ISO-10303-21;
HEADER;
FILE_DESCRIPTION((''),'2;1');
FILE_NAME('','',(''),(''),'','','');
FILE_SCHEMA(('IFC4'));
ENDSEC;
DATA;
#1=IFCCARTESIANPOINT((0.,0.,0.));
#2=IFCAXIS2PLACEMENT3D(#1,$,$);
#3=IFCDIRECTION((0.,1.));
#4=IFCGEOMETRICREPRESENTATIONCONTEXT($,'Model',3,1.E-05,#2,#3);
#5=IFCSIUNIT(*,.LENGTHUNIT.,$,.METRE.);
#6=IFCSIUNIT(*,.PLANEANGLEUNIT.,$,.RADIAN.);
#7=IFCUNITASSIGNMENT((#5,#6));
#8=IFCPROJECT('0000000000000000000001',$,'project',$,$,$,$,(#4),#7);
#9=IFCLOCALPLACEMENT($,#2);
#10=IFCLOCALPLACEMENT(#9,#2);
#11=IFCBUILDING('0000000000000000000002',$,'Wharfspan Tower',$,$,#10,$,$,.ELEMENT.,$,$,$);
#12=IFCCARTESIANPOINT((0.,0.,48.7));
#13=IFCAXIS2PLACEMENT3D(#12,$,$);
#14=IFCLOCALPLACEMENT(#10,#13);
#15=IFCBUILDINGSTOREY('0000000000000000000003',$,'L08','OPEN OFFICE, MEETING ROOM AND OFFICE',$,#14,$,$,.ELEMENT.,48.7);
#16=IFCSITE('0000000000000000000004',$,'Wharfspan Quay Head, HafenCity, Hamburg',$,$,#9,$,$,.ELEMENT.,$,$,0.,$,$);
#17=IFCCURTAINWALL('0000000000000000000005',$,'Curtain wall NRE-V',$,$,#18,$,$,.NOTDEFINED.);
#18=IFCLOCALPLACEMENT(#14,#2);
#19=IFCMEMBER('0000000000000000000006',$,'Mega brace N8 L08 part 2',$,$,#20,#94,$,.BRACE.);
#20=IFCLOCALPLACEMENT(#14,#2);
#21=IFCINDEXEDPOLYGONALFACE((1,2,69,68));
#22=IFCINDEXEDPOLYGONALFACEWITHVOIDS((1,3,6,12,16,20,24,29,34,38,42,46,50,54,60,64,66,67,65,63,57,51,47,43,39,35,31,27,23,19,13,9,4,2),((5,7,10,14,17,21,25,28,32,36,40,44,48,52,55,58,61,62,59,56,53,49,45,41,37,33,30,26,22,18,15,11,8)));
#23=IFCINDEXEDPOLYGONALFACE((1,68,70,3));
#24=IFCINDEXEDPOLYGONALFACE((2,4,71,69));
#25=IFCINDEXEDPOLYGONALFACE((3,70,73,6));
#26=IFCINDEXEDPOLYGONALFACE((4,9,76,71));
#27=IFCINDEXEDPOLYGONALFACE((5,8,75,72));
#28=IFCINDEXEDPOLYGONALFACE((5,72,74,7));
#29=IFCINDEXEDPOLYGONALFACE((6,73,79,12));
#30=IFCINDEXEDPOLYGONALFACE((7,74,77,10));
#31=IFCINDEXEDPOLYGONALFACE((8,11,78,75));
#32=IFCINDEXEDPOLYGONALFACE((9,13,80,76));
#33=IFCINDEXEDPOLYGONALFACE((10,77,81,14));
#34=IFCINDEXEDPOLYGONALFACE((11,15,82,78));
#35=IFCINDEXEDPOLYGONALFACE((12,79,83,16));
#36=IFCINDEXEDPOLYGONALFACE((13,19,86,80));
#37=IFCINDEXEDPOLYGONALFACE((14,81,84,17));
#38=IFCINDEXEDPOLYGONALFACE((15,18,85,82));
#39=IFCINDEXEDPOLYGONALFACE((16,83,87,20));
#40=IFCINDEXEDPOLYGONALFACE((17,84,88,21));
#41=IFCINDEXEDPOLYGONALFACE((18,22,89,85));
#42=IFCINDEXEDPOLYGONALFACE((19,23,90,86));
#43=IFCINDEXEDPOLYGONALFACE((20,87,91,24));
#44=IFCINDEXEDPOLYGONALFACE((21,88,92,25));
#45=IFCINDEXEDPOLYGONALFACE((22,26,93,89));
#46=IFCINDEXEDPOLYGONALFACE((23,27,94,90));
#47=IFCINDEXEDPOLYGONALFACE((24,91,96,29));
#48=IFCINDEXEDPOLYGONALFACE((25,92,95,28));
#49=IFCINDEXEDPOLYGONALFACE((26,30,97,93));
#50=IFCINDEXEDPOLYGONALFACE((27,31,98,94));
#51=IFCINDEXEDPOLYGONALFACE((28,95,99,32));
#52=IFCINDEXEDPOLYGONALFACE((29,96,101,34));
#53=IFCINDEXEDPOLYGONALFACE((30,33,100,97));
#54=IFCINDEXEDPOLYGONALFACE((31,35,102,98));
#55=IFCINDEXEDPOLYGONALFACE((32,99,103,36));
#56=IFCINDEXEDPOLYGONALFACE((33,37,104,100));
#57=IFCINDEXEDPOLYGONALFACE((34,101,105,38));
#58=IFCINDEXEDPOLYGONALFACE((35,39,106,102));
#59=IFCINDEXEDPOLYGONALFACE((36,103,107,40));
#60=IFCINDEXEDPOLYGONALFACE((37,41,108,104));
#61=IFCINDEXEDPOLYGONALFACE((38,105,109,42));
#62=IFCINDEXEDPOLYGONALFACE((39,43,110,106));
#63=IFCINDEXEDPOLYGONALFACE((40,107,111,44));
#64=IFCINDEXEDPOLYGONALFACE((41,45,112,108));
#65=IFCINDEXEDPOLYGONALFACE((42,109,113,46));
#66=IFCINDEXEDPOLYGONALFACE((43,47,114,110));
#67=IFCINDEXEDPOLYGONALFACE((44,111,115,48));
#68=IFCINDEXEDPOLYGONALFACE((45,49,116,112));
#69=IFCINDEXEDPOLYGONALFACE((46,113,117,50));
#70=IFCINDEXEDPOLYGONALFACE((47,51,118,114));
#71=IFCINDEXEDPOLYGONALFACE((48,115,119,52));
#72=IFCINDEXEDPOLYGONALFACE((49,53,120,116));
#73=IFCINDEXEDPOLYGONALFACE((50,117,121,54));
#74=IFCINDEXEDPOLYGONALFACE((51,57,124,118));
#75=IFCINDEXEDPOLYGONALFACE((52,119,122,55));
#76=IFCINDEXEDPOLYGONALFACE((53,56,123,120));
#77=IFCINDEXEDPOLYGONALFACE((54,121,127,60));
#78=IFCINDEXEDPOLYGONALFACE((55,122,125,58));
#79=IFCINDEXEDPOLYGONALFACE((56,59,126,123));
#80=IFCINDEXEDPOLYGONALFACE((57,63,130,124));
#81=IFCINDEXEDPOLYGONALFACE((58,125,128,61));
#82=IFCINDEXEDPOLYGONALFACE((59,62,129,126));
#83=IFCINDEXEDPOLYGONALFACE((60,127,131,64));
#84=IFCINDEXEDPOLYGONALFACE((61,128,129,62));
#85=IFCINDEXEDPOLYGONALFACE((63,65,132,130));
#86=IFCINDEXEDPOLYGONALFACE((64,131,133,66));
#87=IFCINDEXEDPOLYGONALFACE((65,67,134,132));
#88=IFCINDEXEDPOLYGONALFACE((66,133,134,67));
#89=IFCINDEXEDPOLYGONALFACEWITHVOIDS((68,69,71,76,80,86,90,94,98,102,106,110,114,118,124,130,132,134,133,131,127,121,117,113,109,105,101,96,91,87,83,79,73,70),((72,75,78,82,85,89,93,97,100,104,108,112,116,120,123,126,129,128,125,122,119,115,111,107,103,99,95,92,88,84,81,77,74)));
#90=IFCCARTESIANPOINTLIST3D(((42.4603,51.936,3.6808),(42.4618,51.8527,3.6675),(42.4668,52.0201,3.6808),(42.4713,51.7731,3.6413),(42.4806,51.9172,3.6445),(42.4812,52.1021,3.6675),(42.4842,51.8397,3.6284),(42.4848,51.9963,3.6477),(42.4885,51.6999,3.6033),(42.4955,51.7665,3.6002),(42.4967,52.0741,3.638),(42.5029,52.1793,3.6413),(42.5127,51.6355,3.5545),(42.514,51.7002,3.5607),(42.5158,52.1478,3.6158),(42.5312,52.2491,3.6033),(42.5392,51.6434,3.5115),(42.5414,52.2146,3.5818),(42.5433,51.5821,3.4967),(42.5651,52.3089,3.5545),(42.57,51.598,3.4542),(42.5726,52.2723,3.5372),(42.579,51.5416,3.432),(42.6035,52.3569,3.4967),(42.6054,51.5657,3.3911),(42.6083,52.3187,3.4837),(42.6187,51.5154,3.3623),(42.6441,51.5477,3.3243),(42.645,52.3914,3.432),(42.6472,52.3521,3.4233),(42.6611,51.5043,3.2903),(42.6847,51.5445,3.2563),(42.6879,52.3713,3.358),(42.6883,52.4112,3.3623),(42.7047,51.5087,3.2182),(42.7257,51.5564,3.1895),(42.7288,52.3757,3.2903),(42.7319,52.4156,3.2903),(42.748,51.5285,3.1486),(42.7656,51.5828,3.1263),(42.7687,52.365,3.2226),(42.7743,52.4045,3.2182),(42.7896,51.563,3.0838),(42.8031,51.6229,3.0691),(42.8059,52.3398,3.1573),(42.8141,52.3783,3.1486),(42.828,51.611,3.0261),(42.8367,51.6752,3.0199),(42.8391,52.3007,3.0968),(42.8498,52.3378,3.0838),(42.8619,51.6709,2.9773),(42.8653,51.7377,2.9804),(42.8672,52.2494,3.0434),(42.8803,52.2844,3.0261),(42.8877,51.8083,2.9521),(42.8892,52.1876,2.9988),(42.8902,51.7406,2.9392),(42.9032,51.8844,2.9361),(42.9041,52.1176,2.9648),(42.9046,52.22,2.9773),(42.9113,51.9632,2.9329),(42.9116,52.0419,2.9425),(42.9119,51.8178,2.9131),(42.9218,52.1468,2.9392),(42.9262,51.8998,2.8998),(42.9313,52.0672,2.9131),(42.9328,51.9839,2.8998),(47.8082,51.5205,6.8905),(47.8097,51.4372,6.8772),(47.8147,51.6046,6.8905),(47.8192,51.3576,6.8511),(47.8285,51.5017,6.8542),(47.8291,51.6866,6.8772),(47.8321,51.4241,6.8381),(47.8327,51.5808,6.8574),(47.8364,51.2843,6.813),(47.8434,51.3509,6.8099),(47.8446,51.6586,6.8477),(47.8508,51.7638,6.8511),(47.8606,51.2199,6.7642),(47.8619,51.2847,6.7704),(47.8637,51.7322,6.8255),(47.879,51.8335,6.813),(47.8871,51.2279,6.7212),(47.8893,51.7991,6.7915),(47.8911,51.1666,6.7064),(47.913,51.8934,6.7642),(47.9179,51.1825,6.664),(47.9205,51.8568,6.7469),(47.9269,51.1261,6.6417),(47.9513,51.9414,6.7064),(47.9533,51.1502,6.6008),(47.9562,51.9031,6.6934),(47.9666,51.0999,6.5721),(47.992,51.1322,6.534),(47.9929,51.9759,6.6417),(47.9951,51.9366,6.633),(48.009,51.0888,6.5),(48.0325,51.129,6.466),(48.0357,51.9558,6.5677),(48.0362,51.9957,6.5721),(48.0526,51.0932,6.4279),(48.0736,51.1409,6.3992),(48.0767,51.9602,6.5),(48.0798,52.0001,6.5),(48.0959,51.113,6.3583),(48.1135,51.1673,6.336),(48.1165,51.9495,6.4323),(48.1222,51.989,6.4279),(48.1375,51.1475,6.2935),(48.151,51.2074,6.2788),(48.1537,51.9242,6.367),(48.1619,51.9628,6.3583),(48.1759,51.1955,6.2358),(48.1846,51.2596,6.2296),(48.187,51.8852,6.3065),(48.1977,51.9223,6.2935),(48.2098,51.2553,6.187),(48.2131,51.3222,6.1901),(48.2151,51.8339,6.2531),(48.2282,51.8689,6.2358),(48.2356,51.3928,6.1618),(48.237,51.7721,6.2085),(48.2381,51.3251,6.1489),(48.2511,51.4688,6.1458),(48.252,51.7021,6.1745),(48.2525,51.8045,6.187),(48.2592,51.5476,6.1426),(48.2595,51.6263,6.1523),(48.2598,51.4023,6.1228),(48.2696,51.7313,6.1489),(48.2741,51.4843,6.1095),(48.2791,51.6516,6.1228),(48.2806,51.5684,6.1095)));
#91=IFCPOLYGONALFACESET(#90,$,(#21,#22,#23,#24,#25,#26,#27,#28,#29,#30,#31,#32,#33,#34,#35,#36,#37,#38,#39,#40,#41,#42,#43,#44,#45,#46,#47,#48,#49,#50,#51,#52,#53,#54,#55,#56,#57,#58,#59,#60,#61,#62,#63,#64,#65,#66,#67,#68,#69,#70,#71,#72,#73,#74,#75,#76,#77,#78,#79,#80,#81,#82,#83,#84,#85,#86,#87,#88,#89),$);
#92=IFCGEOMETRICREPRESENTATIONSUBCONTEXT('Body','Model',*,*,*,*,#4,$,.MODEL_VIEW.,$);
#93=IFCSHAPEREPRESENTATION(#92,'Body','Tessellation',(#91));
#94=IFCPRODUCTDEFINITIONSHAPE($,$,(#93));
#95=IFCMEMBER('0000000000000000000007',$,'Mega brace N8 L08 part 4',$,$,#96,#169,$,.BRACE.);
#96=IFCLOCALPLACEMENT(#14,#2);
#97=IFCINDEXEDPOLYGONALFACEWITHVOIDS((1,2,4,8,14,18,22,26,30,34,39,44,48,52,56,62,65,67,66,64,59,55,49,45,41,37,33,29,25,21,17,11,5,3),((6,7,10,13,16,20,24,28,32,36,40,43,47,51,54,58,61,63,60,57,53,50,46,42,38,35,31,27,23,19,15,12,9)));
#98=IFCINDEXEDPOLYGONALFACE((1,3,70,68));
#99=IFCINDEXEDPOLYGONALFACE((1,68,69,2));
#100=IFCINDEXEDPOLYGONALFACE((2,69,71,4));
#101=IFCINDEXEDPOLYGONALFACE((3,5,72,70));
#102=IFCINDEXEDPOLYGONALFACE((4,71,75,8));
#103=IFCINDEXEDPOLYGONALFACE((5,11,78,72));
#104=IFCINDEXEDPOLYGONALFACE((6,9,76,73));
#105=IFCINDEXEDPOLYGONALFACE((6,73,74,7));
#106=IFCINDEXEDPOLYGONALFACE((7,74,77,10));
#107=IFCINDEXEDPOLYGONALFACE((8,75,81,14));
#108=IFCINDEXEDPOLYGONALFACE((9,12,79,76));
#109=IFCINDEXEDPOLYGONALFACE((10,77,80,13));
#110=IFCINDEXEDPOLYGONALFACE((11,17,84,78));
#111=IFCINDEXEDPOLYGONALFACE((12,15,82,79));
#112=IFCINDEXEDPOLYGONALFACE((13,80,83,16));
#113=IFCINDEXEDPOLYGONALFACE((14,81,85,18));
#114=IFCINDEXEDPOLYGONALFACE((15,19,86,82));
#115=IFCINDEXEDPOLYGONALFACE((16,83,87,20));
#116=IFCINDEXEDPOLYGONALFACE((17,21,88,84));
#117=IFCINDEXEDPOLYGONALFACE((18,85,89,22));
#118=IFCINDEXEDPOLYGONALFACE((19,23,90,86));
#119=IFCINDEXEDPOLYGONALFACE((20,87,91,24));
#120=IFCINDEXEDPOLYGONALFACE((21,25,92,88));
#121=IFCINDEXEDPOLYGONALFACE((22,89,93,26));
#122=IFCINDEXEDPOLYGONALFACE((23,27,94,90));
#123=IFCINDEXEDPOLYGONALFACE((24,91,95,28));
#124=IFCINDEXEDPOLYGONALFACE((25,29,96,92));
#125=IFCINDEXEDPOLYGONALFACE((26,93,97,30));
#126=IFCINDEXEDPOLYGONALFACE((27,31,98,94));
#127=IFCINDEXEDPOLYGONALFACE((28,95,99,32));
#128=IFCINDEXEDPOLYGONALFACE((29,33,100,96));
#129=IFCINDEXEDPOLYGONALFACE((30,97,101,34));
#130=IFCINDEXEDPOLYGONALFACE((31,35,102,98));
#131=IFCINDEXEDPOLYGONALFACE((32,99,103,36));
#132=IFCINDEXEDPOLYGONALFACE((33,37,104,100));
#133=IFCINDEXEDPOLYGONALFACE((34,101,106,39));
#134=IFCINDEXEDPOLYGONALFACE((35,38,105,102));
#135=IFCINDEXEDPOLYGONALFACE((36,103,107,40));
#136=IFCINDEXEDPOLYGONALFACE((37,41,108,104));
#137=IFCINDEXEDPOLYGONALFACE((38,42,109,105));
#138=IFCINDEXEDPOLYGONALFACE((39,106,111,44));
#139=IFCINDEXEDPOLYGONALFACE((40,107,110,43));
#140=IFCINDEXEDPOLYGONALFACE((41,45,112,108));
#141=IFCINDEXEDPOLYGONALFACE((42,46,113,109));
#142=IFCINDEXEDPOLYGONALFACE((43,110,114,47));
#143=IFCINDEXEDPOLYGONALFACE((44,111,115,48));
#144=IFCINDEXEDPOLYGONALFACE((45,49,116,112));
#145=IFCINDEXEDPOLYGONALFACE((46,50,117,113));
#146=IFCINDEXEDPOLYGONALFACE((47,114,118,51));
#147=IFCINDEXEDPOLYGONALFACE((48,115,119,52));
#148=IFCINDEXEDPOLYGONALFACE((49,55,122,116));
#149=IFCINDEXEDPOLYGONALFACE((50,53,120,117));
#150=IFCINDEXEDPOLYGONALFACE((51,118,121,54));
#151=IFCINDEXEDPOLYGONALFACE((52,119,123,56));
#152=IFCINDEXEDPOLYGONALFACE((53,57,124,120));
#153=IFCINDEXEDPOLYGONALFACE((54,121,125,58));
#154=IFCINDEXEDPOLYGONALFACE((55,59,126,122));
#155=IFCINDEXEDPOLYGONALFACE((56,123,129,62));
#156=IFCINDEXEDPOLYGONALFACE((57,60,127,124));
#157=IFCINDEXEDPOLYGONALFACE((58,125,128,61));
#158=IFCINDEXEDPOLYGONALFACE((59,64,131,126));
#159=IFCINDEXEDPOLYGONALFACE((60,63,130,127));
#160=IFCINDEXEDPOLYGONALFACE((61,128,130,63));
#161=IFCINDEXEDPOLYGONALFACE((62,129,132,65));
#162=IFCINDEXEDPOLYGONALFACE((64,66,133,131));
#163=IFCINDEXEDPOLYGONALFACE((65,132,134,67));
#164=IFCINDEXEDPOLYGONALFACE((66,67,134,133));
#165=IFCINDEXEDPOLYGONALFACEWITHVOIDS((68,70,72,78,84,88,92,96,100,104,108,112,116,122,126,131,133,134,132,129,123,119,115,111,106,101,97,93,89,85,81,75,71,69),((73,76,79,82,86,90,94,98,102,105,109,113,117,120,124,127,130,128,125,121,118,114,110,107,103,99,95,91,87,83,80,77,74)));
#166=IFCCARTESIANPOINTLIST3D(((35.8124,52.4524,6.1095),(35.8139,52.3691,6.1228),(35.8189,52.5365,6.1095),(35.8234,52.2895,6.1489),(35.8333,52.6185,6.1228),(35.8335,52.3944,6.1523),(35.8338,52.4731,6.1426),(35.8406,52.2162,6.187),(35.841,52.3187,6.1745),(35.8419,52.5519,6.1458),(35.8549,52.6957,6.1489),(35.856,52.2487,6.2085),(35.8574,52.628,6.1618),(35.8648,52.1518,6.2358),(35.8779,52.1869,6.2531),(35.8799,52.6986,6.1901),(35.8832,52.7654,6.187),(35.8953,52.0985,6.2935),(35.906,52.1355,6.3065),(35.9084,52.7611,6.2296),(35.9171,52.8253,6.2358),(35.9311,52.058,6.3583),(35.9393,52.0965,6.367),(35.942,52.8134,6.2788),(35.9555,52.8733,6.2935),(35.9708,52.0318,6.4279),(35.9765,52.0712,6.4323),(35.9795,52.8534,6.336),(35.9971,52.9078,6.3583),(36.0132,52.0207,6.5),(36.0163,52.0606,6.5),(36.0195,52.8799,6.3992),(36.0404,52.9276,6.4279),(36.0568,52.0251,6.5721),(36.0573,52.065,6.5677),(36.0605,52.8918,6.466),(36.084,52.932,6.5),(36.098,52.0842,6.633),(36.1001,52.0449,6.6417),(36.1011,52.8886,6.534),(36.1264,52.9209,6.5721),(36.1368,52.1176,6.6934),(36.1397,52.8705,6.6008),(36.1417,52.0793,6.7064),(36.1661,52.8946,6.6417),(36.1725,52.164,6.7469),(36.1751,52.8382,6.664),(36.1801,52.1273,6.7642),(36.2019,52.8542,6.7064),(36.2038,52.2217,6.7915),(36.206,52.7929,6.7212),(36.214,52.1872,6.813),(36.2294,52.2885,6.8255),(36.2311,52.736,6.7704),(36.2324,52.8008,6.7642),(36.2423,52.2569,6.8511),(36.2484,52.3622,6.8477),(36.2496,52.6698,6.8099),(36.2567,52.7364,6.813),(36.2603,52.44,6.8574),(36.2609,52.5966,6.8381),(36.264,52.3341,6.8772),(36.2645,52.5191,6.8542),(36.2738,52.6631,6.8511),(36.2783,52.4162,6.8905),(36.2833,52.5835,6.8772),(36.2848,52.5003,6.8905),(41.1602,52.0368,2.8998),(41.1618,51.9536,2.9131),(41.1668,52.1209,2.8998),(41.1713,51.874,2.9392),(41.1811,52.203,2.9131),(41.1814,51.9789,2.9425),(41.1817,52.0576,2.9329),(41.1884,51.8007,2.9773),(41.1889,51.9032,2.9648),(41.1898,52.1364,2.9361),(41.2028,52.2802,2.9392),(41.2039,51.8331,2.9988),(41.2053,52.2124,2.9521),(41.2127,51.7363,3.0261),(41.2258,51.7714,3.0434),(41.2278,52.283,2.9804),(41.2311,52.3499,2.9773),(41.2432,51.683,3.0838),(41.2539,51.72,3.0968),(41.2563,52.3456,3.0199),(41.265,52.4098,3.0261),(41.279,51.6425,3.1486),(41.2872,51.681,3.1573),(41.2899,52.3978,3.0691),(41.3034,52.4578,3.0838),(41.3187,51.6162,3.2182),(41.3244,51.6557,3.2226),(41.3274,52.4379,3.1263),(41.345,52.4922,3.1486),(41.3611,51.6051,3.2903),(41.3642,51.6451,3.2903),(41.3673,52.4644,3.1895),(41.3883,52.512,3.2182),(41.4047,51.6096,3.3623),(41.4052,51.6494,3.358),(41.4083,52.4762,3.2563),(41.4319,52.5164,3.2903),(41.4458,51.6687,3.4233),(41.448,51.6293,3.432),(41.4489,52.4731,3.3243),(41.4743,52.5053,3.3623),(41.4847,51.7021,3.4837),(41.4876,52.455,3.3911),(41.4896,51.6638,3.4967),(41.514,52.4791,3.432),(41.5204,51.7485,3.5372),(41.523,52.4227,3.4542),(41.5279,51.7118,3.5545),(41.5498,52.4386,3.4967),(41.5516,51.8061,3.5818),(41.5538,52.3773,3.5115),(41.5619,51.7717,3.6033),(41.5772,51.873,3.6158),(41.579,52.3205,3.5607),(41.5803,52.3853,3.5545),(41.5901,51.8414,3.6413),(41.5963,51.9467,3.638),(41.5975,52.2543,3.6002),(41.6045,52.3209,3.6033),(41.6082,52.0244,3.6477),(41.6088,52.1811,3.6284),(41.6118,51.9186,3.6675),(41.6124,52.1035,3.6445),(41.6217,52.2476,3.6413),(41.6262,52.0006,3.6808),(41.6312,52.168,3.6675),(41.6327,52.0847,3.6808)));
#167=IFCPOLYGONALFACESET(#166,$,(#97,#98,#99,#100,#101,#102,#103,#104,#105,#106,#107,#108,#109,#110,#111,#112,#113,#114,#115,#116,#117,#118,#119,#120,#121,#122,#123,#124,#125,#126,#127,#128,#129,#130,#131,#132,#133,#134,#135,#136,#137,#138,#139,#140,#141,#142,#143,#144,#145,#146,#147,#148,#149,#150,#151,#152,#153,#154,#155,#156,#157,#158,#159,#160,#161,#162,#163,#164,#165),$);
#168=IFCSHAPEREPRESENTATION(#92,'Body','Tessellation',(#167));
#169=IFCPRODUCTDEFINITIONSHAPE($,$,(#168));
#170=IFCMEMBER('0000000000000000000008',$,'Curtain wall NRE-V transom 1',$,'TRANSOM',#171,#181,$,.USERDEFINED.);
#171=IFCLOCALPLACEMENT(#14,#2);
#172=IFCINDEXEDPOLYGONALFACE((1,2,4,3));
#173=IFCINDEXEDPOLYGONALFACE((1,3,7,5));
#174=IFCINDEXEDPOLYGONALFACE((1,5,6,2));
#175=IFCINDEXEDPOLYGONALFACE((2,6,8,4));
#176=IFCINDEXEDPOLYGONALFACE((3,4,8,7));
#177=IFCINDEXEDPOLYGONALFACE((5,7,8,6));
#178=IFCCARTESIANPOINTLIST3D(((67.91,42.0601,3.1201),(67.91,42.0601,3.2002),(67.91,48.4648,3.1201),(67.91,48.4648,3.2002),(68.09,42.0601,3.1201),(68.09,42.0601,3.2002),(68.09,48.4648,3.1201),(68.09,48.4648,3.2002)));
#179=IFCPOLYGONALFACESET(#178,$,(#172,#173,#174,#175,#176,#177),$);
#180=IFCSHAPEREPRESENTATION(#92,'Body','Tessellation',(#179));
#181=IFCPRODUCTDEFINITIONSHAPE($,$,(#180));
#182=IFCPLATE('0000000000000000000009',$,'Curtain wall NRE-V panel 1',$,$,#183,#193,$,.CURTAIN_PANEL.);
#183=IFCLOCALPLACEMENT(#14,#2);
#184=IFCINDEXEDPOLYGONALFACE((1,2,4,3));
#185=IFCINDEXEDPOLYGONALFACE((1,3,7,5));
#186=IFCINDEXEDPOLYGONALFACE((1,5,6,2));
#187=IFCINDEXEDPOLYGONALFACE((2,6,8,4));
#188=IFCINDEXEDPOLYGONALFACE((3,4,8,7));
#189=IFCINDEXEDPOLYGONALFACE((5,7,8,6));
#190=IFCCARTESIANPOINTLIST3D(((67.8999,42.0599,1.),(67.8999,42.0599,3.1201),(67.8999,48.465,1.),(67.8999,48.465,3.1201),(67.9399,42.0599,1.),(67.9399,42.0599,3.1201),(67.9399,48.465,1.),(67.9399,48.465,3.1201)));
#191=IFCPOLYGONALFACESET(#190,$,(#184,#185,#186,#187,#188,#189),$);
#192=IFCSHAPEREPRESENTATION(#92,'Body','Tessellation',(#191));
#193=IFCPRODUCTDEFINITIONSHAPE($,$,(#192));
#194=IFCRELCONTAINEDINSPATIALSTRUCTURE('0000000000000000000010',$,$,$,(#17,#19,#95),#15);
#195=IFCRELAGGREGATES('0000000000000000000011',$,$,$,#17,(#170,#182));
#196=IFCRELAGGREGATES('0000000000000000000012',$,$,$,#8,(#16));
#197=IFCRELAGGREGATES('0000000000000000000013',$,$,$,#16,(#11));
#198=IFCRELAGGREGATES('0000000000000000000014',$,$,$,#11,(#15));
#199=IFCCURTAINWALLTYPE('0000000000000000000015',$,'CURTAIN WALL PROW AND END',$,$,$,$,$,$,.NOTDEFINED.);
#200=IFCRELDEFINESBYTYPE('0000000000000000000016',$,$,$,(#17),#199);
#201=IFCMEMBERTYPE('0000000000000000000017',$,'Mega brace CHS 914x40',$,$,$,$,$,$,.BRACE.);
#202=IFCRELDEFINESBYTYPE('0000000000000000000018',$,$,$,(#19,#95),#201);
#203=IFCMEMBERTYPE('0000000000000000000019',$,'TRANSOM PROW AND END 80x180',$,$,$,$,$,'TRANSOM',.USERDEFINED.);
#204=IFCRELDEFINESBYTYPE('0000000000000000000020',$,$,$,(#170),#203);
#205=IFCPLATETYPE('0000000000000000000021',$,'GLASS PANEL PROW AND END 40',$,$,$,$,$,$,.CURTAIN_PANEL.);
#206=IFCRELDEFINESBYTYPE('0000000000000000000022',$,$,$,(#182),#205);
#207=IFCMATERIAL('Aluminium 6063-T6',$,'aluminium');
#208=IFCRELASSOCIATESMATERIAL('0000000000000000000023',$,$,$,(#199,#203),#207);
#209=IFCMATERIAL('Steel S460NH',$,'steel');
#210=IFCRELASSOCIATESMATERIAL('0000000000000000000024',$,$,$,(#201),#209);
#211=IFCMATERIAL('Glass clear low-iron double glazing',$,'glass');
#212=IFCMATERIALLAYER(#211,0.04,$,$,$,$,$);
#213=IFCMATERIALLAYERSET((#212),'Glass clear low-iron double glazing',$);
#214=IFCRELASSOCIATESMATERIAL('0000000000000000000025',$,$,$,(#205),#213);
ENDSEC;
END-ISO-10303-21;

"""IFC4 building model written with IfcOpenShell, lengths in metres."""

from ifc_helpers import new_model, si_unit, direction, frame, origin, origin_2d, place, context, subcontext, project, spatial, rectangle, hollow_circle, extrude, material, layer, layer_set, material_profile, profile_set, type_object, element, aggregate, save


model = new_model("IFC4")

# Units and contexts
model_context = context("Model", 3, precision=1e-05, world=origin(), true_north=direction((0.0, 1.0)))
body_context = subcontext(model_context, "Body", "Model", "MODEL_VIEW")
ifc_project = project(units=[si_unit("LENGTHUNIT", "METRE"), si_unit("PLANEANGLEUNIT", "RADIAN")], contexts=[model_context])

# Site, building, storey
site_placement = place(None, origin())
site = spatial("IfcSite", under=ifc_project, at=site_placement, Name="Wharfspan Quay Head, HafenCity, Hamburg", CompositionType="ELEMENT", RefElevation=0.0)
building_placement = place(site_placement, origin())
building = spatial("IfcBuilding", under=site, at=building_placement, Name="Wharfspan Tower", CompositionType="ELEMENT")
storey_placement = place(building_placement, frame((0.0, 0.0, 48.7)))
storey = spatial("IfcBuildingStorey", under=building, at=storey_placement, Name="L08", Description="OPEN OFFICE, MEETING ROOM AND OFFICE", CompositionType="ELEMENT", Elevation=48.7)

# Shared definitions
ifc_material_1 = material(Name="Steel S460NH", Category="steel")

# Curtain wall
ifc_material_2 = material(Name="Aluminium 6063-T6", Category="aluminium")
curtain_wall_type = type_object("IfcCurtainWallType", Name="CURTAIN WALL PROW AND END", PredefinedType="NOTDEFINED", material=ifc_material_2)
curtain_wall_placement = place(storey_placement, origin())
curtain_wall = element("IfcCurtainWall", 1, at=curtain_wall_placement, inside=storey, type_object=curtain_wall_type, Name="Curtain wall NRE-V", PredefinedType="NOTDEFINED")

# Members
ifc_material_profile_1 = material_profile(ifc_material_1, hollow_circle(Radius=0.457, WallThickness=0.04, at=origin_2d()))
ifc_profile_set_1 = profile_set([ifc_material_profile_1], Name="Steel S460NH")
member_type_1 = type_object("IfcMemberType", Name="Mega brace CHS 914x40", PredefinedType="BRACE", material=ifc_profile_set_1)
for number, where, z_axis, x_axis, name in (
    (2, (42.6965, 51.96, 3.2903), (0.855527, -0.066474, 0.513473), (0.077466, 0.996995, 0.0), "Mega brace N8 L08 part 2"),
    (3, (41.3965, 52.0608, 3.2903), (-0.855527, 0.066474, 0.513473), (-0.077466, -0.996995, 0.0), "Mega brace N8 L08 part 4"),
):
    element("IfcMember", number, at=place(storey_placement, frame(where, z_axis=z_axis, x_axis=x_axis)), inside=storey, type_object=member_type_1, Name=name, PredefinedType="BRACE", context=body_context, shape_type="SweptSolid", body=[
        extrude(hollow_circle(Radius=0.457, WallThickness=0.04, at=origin_2d()), origin(), (0.0, 0.0, 1.0), 6.251),
    ])

# Member
ifc_material_profile_2 = material_profile(ifc_material_2, rectangle(XDim=0.1799, YDim=0.0801, at=origin_2d()))
ifc_profile_set_2 = profile_set([ifc_material_profile_2], Name="Aluminium 6063-T6")
member_type_2 = type_object("IfcMemberType", Name="TRANSOM PROW AND END 80x180", ElementType="TRANSOM", PredefinedType="USERDEFINED", material=ifc_profile_set_2)
member_1_placement = place(storey_placement, frame((68.0, 42.0601, 3.1602), z_axis=(0.0, 1.0, 0.0), x_axis=(-1.0, 0.0, 0.0)))
member_1 = element("IfcMember", 4, at=member_1_placement, type_object=member_type_2, Name="Curtain wall NRE-V transom 1", ObjectType="TRANSOM", PredefinedType="USERDEFINED", context=body_context, shape_type="SweptSolid", body=[
    extrude(rectangle(XDim=0.1799, YDim=0.0801, at=origin_2d()), origin(), (0.0, 0.0, 1.0), 6.4048),
])

# Plate
ifc_material_3 = material(Name="Glass clear low-iron double glazing", Category="glass")
ifc_layer_1 = layer(ifc_material_3, 0.04)
ifc_layer_set_1 = layer_set([ifc_layer_1], Name="Glass clear low-iron double glazing")
plate_type = type_object("IfcPlateType", Name="GLASS PANEL PROW AND END 40", PredefinedType="CURTAIN_PANEL", material=ifc_layer_set_1)
plate_placement = place(storey_placement, frame((67.9199, 45.2625, 1.0), z_axis=(0.0, 0.0, 1.0), x_axis=(0.0, 1.0, 0.0)))
plate = element("IfcPlate", 5, at=plate_placement, type_object=plate_type, Name="Curtain wall NRE-V panel 1", PredefinedType="CURTAIN_PANEL", context=body_context, shape_type="SweptSolid", body=[
    extrude(rectangle(XDim=6.405, YDim=0.04, at=origin_2d()), origin(), (0.0, 0.0, 1.0), 2.1201),
])
aggregate(curtain_wall, [member_1, plate])

save(model, "model.ifc")
